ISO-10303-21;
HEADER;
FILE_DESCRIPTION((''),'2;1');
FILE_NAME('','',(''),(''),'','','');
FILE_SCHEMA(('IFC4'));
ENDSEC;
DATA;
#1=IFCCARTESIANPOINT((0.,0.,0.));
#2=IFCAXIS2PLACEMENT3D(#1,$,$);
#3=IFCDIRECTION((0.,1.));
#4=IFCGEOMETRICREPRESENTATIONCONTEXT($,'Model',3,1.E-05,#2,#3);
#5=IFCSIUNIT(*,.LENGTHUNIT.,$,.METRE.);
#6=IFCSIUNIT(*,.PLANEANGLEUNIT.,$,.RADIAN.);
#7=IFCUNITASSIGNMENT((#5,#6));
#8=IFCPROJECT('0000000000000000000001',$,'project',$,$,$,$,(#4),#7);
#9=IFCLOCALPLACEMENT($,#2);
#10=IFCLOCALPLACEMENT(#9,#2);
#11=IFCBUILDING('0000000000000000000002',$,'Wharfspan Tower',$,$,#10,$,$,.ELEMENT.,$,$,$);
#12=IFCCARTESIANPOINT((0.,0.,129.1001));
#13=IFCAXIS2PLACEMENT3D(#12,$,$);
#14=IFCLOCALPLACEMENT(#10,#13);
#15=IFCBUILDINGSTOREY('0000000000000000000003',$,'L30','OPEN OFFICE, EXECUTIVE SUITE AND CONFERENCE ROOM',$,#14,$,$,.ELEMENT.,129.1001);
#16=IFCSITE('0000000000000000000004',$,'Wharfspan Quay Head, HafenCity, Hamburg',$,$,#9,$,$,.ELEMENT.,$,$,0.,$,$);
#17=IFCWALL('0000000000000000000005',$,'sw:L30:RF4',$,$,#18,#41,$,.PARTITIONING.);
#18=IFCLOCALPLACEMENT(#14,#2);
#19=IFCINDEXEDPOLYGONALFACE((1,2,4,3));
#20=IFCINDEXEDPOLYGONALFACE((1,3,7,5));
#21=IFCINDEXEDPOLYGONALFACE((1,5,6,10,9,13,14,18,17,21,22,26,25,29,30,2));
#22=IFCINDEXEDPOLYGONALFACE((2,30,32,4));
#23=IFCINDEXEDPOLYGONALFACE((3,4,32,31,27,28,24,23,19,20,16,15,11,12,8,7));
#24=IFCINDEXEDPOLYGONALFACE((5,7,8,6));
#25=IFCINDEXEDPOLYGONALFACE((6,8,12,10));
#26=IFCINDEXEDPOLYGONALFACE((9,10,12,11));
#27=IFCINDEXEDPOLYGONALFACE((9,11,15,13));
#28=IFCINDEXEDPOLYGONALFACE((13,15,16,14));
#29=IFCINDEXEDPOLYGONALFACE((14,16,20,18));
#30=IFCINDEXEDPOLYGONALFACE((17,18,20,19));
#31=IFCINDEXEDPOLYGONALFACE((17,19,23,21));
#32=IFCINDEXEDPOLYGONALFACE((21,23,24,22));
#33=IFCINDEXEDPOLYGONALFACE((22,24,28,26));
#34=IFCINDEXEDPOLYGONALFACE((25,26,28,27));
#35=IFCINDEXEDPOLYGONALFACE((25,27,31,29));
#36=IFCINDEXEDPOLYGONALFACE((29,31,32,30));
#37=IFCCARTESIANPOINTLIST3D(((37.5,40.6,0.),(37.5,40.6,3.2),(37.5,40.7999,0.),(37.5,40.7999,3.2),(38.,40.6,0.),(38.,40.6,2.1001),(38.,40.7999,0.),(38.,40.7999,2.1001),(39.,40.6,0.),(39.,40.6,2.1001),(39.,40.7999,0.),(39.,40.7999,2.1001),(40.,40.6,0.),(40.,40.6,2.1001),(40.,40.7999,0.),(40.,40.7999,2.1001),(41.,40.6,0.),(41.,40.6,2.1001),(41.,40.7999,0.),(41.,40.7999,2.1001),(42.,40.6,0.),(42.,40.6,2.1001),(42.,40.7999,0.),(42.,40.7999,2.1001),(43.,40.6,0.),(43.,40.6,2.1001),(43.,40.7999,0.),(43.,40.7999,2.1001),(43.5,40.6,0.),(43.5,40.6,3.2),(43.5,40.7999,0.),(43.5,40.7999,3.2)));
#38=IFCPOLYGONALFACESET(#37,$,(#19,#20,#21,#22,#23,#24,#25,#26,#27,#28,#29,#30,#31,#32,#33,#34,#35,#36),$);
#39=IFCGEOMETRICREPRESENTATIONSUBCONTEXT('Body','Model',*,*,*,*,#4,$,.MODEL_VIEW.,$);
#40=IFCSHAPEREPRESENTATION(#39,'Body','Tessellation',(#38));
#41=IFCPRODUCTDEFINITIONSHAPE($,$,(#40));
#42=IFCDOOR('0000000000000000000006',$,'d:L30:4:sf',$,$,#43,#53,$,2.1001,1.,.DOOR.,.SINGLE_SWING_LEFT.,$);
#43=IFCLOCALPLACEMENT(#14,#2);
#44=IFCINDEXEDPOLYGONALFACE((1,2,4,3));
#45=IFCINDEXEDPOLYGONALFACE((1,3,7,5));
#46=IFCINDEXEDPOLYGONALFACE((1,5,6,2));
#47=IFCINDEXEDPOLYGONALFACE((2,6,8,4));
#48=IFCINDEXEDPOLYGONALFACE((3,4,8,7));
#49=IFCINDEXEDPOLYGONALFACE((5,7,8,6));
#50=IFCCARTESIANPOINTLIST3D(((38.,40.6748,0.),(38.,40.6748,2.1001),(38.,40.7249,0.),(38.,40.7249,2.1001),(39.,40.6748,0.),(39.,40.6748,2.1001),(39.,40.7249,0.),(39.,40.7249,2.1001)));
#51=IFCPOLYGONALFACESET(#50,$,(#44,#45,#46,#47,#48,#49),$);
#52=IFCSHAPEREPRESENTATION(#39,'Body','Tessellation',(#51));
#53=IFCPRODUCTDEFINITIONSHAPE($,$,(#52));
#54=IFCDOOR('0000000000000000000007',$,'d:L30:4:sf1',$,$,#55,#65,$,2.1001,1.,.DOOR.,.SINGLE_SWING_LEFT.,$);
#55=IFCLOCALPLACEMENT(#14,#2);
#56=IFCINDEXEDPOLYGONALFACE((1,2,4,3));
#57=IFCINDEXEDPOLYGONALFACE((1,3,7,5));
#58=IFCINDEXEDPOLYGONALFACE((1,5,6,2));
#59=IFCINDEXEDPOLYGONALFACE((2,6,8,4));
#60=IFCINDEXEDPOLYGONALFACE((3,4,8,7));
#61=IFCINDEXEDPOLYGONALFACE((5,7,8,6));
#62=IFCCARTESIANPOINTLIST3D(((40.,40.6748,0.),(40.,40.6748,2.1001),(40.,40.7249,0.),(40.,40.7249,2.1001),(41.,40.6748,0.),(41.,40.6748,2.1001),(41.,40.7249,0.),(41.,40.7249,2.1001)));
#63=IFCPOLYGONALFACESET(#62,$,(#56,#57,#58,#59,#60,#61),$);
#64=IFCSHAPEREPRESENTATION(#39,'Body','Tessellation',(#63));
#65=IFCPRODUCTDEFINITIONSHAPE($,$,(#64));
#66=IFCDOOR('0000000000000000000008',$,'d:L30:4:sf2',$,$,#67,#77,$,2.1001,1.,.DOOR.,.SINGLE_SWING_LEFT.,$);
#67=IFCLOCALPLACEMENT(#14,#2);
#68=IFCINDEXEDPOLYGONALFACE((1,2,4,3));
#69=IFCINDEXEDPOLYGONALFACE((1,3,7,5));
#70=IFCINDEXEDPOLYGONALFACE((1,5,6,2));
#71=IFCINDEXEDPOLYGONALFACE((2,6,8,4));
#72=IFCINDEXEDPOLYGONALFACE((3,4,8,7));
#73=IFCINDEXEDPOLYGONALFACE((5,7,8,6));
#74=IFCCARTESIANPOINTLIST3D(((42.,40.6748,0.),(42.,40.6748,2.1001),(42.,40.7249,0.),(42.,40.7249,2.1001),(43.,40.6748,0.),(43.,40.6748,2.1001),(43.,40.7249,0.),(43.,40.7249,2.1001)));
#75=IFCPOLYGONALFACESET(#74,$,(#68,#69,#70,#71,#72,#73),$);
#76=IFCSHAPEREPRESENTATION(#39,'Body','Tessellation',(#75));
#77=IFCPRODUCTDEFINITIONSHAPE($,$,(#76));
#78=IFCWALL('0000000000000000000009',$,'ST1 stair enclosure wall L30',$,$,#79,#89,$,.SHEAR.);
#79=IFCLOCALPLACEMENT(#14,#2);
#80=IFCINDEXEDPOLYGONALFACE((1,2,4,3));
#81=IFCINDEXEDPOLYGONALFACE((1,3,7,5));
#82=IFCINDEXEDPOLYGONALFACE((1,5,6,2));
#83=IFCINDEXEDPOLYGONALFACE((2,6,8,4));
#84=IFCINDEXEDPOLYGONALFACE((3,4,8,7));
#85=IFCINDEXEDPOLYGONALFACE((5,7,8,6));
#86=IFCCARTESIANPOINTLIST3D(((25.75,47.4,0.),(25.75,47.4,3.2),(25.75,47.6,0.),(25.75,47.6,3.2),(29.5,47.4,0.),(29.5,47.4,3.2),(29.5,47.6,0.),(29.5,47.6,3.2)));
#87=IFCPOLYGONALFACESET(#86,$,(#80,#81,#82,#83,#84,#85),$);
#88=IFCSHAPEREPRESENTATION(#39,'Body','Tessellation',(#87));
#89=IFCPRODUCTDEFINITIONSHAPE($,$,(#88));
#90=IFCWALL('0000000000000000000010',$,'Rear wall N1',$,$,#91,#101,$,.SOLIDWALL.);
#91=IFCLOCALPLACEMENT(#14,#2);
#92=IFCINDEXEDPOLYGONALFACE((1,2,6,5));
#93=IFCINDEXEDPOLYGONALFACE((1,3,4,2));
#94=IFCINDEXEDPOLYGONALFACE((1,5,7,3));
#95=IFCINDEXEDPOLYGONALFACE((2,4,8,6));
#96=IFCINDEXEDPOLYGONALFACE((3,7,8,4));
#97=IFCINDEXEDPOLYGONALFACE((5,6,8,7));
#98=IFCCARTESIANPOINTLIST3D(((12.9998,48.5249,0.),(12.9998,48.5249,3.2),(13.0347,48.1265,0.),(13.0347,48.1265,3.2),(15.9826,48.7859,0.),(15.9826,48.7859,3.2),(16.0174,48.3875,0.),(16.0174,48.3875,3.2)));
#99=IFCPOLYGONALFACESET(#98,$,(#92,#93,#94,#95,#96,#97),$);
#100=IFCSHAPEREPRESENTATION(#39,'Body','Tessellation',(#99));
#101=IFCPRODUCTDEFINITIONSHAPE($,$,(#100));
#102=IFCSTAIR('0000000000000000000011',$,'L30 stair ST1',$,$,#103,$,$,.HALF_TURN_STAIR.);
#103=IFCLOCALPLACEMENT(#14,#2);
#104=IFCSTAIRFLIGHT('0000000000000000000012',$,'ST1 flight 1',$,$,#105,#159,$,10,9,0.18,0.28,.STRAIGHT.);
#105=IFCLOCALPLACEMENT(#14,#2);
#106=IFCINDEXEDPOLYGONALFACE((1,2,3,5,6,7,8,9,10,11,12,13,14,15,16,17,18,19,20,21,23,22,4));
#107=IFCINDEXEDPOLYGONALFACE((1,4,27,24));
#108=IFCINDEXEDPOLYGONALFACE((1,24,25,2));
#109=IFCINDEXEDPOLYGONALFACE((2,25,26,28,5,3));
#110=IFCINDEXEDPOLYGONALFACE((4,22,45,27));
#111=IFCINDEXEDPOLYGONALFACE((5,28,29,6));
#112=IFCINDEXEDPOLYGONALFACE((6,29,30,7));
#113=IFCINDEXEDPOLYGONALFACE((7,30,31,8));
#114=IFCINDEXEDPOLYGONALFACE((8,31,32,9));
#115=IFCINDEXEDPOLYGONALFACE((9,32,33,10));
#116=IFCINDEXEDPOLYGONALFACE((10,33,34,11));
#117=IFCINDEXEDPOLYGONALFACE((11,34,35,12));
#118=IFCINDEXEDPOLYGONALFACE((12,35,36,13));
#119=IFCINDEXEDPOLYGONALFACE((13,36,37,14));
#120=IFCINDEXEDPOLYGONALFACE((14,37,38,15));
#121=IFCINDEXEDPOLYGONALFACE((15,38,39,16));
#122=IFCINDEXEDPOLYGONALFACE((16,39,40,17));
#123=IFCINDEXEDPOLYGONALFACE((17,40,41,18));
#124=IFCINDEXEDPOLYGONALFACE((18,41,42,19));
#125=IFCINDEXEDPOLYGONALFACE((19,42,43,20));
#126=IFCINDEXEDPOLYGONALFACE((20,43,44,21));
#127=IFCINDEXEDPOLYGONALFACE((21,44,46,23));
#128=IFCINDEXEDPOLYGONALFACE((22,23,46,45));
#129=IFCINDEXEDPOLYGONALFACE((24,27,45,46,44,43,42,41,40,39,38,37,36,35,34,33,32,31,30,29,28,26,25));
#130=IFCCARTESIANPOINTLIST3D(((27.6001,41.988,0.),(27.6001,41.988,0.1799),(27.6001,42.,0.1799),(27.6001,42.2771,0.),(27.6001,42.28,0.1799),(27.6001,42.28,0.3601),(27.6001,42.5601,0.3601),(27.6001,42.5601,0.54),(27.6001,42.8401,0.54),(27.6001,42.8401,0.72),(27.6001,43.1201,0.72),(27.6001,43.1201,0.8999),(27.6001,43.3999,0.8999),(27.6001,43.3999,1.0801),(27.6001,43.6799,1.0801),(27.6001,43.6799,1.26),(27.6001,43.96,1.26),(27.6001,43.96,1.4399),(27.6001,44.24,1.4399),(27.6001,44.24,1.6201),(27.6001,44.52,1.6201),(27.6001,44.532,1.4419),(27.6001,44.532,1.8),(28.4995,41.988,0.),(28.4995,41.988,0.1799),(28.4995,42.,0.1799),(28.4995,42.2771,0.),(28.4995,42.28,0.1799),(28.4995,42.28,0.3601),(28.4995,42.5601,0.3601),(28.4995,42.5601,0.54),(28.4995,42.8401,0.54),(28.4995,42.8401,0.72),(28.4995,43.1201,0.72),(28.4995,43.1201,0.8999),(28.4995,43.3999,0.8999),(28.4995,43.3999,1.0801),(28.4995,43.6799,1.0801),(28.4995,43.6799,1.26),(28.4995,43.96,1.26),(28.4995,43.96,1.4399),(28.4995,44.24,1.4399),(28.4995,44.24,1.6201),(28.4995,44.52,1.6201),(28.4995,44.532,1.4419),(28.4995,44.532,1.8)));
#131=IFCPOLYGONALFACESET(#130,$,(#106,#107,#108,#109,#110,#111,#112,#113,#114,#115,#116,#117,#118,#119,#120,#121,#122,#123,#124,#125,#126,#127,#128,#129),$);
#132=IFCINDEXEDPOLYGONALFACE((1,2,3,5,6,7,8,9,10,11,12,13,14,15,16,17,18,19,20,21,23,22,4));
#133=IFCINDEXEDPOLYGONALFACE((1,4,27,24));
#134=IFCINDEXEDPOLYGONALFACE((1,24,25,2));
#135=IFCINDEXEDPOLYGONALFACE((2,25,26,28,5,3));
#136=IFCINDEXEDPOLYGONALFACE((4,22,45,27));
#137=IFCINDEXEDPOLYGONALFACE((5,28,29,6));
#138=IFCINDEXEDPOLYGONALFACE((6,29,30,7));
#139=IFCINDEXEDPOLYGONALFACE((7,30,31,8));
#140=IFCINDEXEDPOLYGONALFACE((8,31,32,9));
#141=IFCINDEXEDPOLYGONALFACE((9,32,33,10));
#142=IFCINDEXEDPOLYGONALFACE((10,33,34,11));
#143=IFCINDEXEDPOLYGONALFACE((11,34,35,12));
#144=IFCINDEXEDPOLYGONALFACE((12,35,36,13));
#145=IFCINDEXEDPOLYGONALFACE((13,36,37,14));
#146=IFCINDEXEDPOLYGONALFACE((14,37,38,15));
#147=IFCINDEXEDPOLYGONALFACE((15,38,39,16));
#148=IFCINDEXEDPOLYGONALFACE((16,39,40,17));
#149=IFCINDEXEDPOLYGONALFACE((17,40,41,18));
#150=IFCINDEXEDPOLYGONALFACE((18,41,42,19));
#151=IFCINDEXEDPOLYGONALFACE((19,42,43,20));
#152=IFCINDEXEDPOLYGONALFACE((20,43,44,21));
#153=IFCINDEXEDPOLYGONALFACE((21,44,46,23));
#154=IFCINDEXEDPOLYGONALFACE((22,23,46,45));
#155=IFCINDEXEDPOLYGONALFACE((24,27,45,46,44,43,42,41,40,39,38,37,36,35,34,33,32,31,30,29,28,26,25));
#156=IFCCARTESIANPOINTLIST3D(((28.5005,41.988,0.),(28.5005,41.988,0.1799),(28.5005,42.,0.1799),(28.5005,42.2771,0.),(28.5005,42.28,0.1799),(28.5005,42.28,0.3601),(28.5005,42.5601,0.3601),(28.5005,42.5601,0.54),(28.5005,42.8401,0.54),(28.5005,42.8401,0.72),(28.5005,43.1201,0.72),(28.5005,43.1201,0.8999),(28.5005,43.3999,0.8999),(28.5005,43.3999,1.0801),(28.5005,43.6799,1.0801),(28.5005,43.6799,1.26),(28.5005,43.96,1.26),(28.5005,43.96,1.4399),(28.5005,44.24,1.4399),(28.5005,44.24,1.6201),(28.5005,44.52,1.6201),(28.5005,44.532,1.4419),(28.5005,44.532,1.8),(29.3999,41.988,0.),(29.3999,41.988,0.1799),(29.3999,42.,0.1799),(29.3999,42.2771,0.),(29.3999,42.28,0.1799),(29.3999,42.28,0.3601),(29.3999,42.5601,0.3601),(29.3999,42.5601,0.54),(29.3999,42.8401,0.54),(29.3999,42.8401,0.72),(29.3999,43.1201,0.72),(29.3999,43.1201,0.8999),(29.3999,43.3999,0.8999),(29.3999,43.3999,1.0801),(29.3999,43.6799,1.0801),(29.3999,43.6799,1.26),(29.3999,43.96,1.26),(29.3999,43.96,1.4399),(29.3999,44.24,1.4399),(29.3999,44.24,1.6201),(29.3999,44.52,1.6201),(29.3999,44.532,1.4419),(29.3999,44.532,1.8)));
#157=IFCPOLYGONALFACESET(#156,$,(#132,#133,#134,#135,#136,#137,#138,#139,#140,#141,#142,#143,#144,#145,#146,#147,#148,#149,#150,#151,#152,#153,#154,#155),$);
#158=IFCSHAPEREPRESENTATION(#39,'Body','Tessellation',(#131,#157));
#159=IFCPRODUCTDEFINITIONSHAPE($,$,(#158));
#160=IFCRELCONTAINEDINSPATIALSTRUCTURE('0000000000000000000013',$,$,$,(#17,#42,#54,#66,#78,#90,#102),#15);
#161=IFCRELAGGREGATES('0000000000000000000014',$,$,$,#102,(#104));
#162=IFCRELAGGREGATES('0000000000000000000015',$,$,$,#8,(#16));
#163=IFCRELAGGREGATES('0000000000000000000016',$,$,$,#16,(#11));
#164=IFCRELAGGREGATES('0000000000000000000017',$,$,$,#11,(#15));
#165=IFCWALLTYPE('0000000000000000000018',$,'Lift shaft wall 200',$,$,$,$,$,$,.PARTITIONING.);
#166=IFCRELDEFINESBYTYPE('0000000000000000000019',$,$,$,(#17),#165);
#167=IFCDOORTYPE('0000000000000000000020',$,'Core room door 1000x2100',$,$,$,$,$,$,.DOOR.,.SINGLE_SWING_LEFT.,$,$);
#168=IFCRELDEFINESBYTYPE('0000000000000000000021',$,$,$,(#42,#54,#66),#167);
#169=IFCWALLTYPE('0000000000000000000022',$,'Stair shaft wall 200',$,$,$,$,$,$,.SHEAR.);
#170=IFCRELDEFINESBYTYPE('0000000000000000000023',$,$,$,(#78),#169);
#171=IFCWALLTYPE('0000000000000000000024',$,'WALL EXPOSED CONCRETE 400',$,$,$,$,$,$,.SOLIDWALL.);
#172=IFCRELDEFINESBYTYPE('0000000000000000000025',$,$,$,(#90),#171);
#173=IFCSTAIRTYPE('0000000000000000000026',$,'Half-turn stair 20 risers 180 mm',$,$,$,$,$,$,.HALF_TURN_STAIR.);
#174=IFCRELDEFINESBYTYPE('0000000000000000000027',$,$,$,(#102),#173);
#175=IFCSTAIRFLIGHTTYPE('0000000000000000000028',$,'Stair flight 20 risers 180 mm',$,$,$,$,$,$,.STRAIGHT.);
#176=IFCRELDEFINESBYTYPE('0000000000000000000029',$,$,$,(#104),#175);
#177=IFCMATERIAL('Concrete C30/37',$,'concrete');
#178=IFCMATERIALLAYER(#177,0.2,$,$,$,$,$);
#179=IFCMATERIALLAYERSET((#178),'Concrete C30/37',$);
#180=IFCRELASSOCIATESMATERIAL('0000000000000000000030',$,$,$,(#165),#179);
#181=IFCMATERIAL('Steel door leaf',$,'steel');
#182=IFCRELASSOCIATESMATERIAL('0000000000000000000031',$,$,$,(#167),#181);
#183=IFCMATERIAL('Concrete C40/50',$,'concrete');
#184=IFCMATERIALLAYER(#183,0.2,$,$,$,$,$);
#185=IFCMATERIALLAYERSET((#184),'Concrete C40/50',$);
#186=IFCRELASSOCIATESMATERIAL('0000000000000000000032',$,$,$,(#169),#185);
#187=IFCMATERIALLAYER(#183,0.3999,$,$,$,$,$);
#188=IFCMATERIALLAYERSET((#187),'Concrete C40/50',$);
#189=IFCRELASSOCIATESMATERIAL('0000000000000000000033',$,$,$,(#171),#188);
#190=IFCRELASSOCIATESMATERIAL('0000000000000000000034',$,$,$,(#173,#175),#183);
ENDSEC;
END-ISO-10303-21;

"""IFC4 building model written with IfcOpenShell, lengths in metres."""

from ifc_helpers import new_model, si_unit, direction, frame, frame_2d, origin, place, context, subcontext, project, spatial, polyline, rectangle, outline, extrude, material, layer, layer_set, type_object, element, fill, aggregate, save


model = new_model("IFC4")

# Units and contexts
model_context = context("Model", 3, precision=1e-05, world=origin(), true_north=direction((0.0, 1.0)))
body_context = subcontext(model_context, "Body", "Model", "MODEL_VIEW")
ifc_project = project(units=[si_unit("LENGTHUNIT", "METRE"), si_unit("PLANEANGLEUNIT", "RADIAN")], contexts=[model_context])

# Site, building, storey
site_placement = place(None, origin())
site = spatial("IfcSite", under=ifc_project, at=site_placement, Name="Wharfspan Quay Head, HafenCity, Hamburg", CompositionType="ELEMENT", RefElevation=0.0)
building_placement = place(site_placement, origin())
building = spatial("IfcBuilding", under=site, at=building_placement, Name="Wharfspan Tower", CompositionType="ELEMENT")
storey_placement = place(building_placement, frame((0.0, 0.0, 129.1001)))
storey = spatial("IfcBuildingStorey", under=building, at=storey_placement, Name="L30", Description="OPEN OFFICE, EXECUTIVE SUITE AND CONFERENCE ROOM", CompositionType="ELEMENT", Elevation=129.1001)

# Wall, openings, doors
ifc_material_1 = material(Name="Concrete C30/37", Category="concrete")
ifc_layer_1 = layer(ifc_material_1, 0.2)
ifc_layer_set_1 = layer_set([ifc_layer_1], Name="Concrete C30/37")
wall_type_1 = type_object("IfcWallType", Name="Lift shaft wall 200", PredefinedType="PARTITIONING", material=ifc_layer_set_1)
ifc_material_2 = material(Name="Steel door leaf", Category="steel")
door_type = type_object("IfcDoorType", Name="Core room door 1000x2100", OperationType="SINGLE_SWING_LEFT", PredefinedType="DOOR", material=ifc_material_2)
wall_1_placement = place(storey_placement, frame((37.5, 40.7, 0.0), z_axis=(0.0, 0.0, 1.0), x_axis=(1.0, 0.0, 0.0)))
wall_1 = element("IfcWall", 1, at=wall_1_placement, inside=storey, type_object=wall_type_1, Name="sw:L30:RF4", PredefinedType="PARTITIONING", context=body_context, shape_type="SweptSolid", body=[
    extrude(rectangle(XDim=6.0, YDim=0.2, at=frame_2d((3.0, 0.0))), origin(), (0.0, 0.0, 1.0), 3.2),
])
opening_1_placement = place(wall_1_placement, frame((0.5, 0.0, 0.0)))
opening_1 = element("IfcOpeningElement", 2, at=opening_1_placement, cuts=wall_1, PredefinedType="OPENING", context=body_context, shape_type="SweptSolid", body=[
    extrude(rectangle(XDim=1.0, YDim=2.1001, at=frame_2d((0.5, 1.05))), frame((0.0, 0.1099, 0.0), z_axis=(0.0, -1.0, 0.0), x_axis=(1.0, 0.0, 0.0)), (0.0, 0.0, 1.0), 0.22),
])
opening_2_placement = place(wall_1_placement, frame((2.5, 0.0, 0.0)))
opening_2 = element("IfcOpeningElement", 3, at=opening_2_placement, cuts=wall_1, PredefinedType="OPENING", context=body_context, shape_type="SweptSolid", body=[
    extrude(rectangle(XDim=1.0, YDim=2.1001, at=frame_2d((0.5, 1.05))), frame((0.0, 0.1099, 0.0), z_axis=(0.0, -1.0, 0.0), x_axis=(1.0, 0.0, 0.0)), (0.0, 0.0, 1.0), 0.22),
])
opening_3_placement = place(wall_1_placement, frame((4.5, 0.0, 0.0)))
opening_3 = element("IfcOpeningElement", 4, at=opening_3_placement, cuts=wall_1, PredefinedType="OPENING", context=body_context, shape_type="SweptSolid", body=[
    extrude(rectangle(XDim=1.0, YDim=2.1001, at=frame_2d((0.5, 1.05))), frame((0.0, 0.1099, 0.0), z_axis=(0.0, -1.0, 0.0), x_axis=(1.0, 0.0, 0.0)), (0.0, 0.0, 1.0), 0.22),
])
door_1_placement = place(opening_1_placement, origin())
door_1 = element("IfcDoor", 5, at=door_1_placement, inside=storey, type_object=door_type, Name="d:L30:4:sf", OperationType="SINGLE_SWING_LEFT", OverallHeight=2.1001, OverallWidth=1.0, PredefinedType="DOOR", context=body_context, shape_type="SweptSolid", body=[
    extrude(rectangle(XDim=1.0, YDim=2.1001, at=frame_2d((0.5, 1.05))), frame((0.0, 0.0249, 0.0), z_axis=(0.0, -1.0, 0.0), x_axis=(1.0, 0.0, 0.0)), (0.0, 0.0, 1.0), 0.05),
])
fill(opening_1, door_1)
door_2_placement = place(opening_2_placement, origin())
door_2 = element("IfcDoor", 6, at=door_2_placement, inside=storey, type_object=door_type, Name="d:L30:4:sf1", OperationType="SINGLE_SWING_LEFT", OverallHeight=2.1001, OverallWidth=1.0, PredefinedType="DOOR", context=body_context, shape_type="SweptSolid", body=[
    extrude(rectangle(XDim=1.0, YDim=2.1001, at=frame_2d((0.5, 1.05))), frame((0.0, 0.0249, 0.0), z_axis=(0.0, -1.0, 0.0), x_axis=(1.0, 0.0, 0.0)), (0.0, 0.0, 1.0), 0.05),
])
fill(opening_2, door_2)
door_3_placement = place(opening_3_placement, origin())
door_3 = element("IfcDoor", 7, at=door_3_placement, inside=storey, type_object=door_type, Name="d:L30:4:sf2", OperationType="SINGLE_SWING_LEFT", OverallHeight=2.1001, OverallWidth=1.0, PredefinedType="DOOR", context=body_context, shape_type="SweptSolid", body=[
    extrude(rectangle(XDim=1.0, YDim=2.1001, at=frame_2d((0.5, 1.05))), frame((0.0, 0.0249, 0.0), z_axis=(0.0, -1.0, 0.0), x_axis=(1.0, 0.0, 0.0)), (0.0, 0.0, 1.0), 0.05),
])
fill(opening_3, door_3)

# Walls
ifc_material_3 = material(Name="Concrete C40/50", Category="concrete")
ifc_layer_2 = layer(ifc_material_3, 0.2)
ifc_layer_set_2 = layer_set([ifc_layer_2], Name="Concrete C40/50")
wall_type_2 = type_object("IfcWallType", Name="Stair shaft wall 200", PredefinedType="SHEAR", material=ifc_layer_set_2)
wall_2_placement = place(storey_placement, frame((25.75, 47.5, 0.0), z_axis=(0.0, 0.0, 1.0), x_axis=(1.0, 0.0, 0.0)))
element("IfcWall", 8, at=wall_2_placement, inside=storey, type_object=wall_type_2, Name="ST1 stair enclosure wall L30", PredefinedType="SHEAR", context=body_context, shape_type="SweptSolid", body=[
    extrude(rectangle(XDim=3.75, YDim=0.2, at=frame_2d((1.875, 0.0))), origin(), (0.0, 0.0, 1.0), 3.2),
])
ifc_layer_3 = layer(ifc_material_3, 0.3999)
ifc_layer_set_3 = layer_set([ifc_layer_3], Name="Concrete C40/50")
wall_type_3 = type_object("IfcWallType", Name="WALL EXPOSED CONCRETE 400", PredefinedType="SOLIDWALL", material=ifc_layer_set_3)
wall_3_placement = place(storey_placement, frame((16.0, 48.5867, 0.0), z_axis=(0.0, 0.0, 1.0), x_axis=(-0.996194, -0.087168, 0.0)))
element("IfcWall", 9, at=wall_3_placement, inside=storey, type_object=wall_type_3, Name="Rear wall N1", PredefinedType="SOLIDWALL", context=body_context, shape_type="SweptSolid", body=[
    extrude(rectangle(XDim=2.9941, YDim=0.3999, at=frame_2d((1.4971, 0.0))), origin(), (0.0, 0.0, 1.0), 3.2),
])

# Stair, stair flight
stair_type = type_object("IfcStairType", Name="Half-turn stair 20 risers 180 mm", PredefinedType="HALF_TURN_STAIR", material=ifc_material_3)
stair_placement = place(storey_placement, origin())
stair = element("IfcStair", 10, at=stair_placement, inside=storey, type_object=stair_type, Name="L30 stair ST1", PredefinedType="HALF_TURN_STAIR")
stair_flight_type = type_object("IfcStairFlightType", Name="Stair flight 20 risers 180 mm", PredefinedType="STRAIGHT", material=ifc_material_3)
stair_flight_1_placement = place(storey_placement, frame((28.5, 42.0, 0.0), z_axis=(0.0, 0.0, 1.0), x_axis=(0.0, 1.0, 0.0)))
stair_flight_1 = element("IfcStairFlight", 11, at=stair_flight_1_placement, type_object=stair_flight_type, Name="ST1 flight 1", NumberOfRisers=10, NumberOfTreads=9, PredefinedType="STRAIGHT", RiserHeight=0.18, TreadLength=0.28, context=body_context, shape_type="SweptSolid", body=[
    extrude(outline(polyline([(-0.012, 0.0), (-0.012, 0.1799), (0.0, 0.1799), (0.28, 0.1799), (0.28, 0.3601), (0.5601, 0.3601), (0.5601, 0.54), (0.8401, 0.54), (0.8401, 0.72), (1.1201, 0.72), (1.1201, 0.8999), (1.3999, 0.8999), (1.3999, 1.0801), (1.6799, 1.0801), (1.6799, 1.26), (1.96, 1.26), (1.96, 1.4399), (2.24, 1.4399), (2.24, 1.6201), (2.52, 1.6201), (2.532, 1.8), (2.532, 1.4419), (0.2771, 0.0), (-0.012, 0.0)])), frame((0.0, 0.8999, 0.0), z_axis=(0.0, -1.0, 0.0), x_axis=(1.0, 0.0, 0.0)), (0.0, 0.0, 1.0), 0.8994),
    extrude(outline(polyline([(-0.012, 0.0), (-0.012, 0.1799), (0.0, 0.1799), (0.28, 0.1799), (0.28, 0.3601), (0.5601, 0.3601), (0.5601, 0.54), (0.8401, 0.54), (0.8401, 0.72), (1.1201, 0.72), (1.1201, 0.8999), (1.3999, 0.8999), (1.3999, 1.0801), (1.6799, 1.0801), (1.6799, 1.26), (1.96, 1.26), (1.96, 1.4399), (2.24, 1.4399), (2.24, 1.6201), (2.52, 1.6201), (2.532, 1.8), (2.532, 1.4419), (0.2771, 0.0), (-0.012, 0.0)])), frame((0.0, -0.0005, 0.0), z_axis=(0.0, -1.0, 0.0), x_axis=(1.0, 0.0, 0.0)), (0.0, 0.0, 1.0), 0.8994),
])
aggregate(stair, [stair_flight_1])

save(model, "model.ifc")
